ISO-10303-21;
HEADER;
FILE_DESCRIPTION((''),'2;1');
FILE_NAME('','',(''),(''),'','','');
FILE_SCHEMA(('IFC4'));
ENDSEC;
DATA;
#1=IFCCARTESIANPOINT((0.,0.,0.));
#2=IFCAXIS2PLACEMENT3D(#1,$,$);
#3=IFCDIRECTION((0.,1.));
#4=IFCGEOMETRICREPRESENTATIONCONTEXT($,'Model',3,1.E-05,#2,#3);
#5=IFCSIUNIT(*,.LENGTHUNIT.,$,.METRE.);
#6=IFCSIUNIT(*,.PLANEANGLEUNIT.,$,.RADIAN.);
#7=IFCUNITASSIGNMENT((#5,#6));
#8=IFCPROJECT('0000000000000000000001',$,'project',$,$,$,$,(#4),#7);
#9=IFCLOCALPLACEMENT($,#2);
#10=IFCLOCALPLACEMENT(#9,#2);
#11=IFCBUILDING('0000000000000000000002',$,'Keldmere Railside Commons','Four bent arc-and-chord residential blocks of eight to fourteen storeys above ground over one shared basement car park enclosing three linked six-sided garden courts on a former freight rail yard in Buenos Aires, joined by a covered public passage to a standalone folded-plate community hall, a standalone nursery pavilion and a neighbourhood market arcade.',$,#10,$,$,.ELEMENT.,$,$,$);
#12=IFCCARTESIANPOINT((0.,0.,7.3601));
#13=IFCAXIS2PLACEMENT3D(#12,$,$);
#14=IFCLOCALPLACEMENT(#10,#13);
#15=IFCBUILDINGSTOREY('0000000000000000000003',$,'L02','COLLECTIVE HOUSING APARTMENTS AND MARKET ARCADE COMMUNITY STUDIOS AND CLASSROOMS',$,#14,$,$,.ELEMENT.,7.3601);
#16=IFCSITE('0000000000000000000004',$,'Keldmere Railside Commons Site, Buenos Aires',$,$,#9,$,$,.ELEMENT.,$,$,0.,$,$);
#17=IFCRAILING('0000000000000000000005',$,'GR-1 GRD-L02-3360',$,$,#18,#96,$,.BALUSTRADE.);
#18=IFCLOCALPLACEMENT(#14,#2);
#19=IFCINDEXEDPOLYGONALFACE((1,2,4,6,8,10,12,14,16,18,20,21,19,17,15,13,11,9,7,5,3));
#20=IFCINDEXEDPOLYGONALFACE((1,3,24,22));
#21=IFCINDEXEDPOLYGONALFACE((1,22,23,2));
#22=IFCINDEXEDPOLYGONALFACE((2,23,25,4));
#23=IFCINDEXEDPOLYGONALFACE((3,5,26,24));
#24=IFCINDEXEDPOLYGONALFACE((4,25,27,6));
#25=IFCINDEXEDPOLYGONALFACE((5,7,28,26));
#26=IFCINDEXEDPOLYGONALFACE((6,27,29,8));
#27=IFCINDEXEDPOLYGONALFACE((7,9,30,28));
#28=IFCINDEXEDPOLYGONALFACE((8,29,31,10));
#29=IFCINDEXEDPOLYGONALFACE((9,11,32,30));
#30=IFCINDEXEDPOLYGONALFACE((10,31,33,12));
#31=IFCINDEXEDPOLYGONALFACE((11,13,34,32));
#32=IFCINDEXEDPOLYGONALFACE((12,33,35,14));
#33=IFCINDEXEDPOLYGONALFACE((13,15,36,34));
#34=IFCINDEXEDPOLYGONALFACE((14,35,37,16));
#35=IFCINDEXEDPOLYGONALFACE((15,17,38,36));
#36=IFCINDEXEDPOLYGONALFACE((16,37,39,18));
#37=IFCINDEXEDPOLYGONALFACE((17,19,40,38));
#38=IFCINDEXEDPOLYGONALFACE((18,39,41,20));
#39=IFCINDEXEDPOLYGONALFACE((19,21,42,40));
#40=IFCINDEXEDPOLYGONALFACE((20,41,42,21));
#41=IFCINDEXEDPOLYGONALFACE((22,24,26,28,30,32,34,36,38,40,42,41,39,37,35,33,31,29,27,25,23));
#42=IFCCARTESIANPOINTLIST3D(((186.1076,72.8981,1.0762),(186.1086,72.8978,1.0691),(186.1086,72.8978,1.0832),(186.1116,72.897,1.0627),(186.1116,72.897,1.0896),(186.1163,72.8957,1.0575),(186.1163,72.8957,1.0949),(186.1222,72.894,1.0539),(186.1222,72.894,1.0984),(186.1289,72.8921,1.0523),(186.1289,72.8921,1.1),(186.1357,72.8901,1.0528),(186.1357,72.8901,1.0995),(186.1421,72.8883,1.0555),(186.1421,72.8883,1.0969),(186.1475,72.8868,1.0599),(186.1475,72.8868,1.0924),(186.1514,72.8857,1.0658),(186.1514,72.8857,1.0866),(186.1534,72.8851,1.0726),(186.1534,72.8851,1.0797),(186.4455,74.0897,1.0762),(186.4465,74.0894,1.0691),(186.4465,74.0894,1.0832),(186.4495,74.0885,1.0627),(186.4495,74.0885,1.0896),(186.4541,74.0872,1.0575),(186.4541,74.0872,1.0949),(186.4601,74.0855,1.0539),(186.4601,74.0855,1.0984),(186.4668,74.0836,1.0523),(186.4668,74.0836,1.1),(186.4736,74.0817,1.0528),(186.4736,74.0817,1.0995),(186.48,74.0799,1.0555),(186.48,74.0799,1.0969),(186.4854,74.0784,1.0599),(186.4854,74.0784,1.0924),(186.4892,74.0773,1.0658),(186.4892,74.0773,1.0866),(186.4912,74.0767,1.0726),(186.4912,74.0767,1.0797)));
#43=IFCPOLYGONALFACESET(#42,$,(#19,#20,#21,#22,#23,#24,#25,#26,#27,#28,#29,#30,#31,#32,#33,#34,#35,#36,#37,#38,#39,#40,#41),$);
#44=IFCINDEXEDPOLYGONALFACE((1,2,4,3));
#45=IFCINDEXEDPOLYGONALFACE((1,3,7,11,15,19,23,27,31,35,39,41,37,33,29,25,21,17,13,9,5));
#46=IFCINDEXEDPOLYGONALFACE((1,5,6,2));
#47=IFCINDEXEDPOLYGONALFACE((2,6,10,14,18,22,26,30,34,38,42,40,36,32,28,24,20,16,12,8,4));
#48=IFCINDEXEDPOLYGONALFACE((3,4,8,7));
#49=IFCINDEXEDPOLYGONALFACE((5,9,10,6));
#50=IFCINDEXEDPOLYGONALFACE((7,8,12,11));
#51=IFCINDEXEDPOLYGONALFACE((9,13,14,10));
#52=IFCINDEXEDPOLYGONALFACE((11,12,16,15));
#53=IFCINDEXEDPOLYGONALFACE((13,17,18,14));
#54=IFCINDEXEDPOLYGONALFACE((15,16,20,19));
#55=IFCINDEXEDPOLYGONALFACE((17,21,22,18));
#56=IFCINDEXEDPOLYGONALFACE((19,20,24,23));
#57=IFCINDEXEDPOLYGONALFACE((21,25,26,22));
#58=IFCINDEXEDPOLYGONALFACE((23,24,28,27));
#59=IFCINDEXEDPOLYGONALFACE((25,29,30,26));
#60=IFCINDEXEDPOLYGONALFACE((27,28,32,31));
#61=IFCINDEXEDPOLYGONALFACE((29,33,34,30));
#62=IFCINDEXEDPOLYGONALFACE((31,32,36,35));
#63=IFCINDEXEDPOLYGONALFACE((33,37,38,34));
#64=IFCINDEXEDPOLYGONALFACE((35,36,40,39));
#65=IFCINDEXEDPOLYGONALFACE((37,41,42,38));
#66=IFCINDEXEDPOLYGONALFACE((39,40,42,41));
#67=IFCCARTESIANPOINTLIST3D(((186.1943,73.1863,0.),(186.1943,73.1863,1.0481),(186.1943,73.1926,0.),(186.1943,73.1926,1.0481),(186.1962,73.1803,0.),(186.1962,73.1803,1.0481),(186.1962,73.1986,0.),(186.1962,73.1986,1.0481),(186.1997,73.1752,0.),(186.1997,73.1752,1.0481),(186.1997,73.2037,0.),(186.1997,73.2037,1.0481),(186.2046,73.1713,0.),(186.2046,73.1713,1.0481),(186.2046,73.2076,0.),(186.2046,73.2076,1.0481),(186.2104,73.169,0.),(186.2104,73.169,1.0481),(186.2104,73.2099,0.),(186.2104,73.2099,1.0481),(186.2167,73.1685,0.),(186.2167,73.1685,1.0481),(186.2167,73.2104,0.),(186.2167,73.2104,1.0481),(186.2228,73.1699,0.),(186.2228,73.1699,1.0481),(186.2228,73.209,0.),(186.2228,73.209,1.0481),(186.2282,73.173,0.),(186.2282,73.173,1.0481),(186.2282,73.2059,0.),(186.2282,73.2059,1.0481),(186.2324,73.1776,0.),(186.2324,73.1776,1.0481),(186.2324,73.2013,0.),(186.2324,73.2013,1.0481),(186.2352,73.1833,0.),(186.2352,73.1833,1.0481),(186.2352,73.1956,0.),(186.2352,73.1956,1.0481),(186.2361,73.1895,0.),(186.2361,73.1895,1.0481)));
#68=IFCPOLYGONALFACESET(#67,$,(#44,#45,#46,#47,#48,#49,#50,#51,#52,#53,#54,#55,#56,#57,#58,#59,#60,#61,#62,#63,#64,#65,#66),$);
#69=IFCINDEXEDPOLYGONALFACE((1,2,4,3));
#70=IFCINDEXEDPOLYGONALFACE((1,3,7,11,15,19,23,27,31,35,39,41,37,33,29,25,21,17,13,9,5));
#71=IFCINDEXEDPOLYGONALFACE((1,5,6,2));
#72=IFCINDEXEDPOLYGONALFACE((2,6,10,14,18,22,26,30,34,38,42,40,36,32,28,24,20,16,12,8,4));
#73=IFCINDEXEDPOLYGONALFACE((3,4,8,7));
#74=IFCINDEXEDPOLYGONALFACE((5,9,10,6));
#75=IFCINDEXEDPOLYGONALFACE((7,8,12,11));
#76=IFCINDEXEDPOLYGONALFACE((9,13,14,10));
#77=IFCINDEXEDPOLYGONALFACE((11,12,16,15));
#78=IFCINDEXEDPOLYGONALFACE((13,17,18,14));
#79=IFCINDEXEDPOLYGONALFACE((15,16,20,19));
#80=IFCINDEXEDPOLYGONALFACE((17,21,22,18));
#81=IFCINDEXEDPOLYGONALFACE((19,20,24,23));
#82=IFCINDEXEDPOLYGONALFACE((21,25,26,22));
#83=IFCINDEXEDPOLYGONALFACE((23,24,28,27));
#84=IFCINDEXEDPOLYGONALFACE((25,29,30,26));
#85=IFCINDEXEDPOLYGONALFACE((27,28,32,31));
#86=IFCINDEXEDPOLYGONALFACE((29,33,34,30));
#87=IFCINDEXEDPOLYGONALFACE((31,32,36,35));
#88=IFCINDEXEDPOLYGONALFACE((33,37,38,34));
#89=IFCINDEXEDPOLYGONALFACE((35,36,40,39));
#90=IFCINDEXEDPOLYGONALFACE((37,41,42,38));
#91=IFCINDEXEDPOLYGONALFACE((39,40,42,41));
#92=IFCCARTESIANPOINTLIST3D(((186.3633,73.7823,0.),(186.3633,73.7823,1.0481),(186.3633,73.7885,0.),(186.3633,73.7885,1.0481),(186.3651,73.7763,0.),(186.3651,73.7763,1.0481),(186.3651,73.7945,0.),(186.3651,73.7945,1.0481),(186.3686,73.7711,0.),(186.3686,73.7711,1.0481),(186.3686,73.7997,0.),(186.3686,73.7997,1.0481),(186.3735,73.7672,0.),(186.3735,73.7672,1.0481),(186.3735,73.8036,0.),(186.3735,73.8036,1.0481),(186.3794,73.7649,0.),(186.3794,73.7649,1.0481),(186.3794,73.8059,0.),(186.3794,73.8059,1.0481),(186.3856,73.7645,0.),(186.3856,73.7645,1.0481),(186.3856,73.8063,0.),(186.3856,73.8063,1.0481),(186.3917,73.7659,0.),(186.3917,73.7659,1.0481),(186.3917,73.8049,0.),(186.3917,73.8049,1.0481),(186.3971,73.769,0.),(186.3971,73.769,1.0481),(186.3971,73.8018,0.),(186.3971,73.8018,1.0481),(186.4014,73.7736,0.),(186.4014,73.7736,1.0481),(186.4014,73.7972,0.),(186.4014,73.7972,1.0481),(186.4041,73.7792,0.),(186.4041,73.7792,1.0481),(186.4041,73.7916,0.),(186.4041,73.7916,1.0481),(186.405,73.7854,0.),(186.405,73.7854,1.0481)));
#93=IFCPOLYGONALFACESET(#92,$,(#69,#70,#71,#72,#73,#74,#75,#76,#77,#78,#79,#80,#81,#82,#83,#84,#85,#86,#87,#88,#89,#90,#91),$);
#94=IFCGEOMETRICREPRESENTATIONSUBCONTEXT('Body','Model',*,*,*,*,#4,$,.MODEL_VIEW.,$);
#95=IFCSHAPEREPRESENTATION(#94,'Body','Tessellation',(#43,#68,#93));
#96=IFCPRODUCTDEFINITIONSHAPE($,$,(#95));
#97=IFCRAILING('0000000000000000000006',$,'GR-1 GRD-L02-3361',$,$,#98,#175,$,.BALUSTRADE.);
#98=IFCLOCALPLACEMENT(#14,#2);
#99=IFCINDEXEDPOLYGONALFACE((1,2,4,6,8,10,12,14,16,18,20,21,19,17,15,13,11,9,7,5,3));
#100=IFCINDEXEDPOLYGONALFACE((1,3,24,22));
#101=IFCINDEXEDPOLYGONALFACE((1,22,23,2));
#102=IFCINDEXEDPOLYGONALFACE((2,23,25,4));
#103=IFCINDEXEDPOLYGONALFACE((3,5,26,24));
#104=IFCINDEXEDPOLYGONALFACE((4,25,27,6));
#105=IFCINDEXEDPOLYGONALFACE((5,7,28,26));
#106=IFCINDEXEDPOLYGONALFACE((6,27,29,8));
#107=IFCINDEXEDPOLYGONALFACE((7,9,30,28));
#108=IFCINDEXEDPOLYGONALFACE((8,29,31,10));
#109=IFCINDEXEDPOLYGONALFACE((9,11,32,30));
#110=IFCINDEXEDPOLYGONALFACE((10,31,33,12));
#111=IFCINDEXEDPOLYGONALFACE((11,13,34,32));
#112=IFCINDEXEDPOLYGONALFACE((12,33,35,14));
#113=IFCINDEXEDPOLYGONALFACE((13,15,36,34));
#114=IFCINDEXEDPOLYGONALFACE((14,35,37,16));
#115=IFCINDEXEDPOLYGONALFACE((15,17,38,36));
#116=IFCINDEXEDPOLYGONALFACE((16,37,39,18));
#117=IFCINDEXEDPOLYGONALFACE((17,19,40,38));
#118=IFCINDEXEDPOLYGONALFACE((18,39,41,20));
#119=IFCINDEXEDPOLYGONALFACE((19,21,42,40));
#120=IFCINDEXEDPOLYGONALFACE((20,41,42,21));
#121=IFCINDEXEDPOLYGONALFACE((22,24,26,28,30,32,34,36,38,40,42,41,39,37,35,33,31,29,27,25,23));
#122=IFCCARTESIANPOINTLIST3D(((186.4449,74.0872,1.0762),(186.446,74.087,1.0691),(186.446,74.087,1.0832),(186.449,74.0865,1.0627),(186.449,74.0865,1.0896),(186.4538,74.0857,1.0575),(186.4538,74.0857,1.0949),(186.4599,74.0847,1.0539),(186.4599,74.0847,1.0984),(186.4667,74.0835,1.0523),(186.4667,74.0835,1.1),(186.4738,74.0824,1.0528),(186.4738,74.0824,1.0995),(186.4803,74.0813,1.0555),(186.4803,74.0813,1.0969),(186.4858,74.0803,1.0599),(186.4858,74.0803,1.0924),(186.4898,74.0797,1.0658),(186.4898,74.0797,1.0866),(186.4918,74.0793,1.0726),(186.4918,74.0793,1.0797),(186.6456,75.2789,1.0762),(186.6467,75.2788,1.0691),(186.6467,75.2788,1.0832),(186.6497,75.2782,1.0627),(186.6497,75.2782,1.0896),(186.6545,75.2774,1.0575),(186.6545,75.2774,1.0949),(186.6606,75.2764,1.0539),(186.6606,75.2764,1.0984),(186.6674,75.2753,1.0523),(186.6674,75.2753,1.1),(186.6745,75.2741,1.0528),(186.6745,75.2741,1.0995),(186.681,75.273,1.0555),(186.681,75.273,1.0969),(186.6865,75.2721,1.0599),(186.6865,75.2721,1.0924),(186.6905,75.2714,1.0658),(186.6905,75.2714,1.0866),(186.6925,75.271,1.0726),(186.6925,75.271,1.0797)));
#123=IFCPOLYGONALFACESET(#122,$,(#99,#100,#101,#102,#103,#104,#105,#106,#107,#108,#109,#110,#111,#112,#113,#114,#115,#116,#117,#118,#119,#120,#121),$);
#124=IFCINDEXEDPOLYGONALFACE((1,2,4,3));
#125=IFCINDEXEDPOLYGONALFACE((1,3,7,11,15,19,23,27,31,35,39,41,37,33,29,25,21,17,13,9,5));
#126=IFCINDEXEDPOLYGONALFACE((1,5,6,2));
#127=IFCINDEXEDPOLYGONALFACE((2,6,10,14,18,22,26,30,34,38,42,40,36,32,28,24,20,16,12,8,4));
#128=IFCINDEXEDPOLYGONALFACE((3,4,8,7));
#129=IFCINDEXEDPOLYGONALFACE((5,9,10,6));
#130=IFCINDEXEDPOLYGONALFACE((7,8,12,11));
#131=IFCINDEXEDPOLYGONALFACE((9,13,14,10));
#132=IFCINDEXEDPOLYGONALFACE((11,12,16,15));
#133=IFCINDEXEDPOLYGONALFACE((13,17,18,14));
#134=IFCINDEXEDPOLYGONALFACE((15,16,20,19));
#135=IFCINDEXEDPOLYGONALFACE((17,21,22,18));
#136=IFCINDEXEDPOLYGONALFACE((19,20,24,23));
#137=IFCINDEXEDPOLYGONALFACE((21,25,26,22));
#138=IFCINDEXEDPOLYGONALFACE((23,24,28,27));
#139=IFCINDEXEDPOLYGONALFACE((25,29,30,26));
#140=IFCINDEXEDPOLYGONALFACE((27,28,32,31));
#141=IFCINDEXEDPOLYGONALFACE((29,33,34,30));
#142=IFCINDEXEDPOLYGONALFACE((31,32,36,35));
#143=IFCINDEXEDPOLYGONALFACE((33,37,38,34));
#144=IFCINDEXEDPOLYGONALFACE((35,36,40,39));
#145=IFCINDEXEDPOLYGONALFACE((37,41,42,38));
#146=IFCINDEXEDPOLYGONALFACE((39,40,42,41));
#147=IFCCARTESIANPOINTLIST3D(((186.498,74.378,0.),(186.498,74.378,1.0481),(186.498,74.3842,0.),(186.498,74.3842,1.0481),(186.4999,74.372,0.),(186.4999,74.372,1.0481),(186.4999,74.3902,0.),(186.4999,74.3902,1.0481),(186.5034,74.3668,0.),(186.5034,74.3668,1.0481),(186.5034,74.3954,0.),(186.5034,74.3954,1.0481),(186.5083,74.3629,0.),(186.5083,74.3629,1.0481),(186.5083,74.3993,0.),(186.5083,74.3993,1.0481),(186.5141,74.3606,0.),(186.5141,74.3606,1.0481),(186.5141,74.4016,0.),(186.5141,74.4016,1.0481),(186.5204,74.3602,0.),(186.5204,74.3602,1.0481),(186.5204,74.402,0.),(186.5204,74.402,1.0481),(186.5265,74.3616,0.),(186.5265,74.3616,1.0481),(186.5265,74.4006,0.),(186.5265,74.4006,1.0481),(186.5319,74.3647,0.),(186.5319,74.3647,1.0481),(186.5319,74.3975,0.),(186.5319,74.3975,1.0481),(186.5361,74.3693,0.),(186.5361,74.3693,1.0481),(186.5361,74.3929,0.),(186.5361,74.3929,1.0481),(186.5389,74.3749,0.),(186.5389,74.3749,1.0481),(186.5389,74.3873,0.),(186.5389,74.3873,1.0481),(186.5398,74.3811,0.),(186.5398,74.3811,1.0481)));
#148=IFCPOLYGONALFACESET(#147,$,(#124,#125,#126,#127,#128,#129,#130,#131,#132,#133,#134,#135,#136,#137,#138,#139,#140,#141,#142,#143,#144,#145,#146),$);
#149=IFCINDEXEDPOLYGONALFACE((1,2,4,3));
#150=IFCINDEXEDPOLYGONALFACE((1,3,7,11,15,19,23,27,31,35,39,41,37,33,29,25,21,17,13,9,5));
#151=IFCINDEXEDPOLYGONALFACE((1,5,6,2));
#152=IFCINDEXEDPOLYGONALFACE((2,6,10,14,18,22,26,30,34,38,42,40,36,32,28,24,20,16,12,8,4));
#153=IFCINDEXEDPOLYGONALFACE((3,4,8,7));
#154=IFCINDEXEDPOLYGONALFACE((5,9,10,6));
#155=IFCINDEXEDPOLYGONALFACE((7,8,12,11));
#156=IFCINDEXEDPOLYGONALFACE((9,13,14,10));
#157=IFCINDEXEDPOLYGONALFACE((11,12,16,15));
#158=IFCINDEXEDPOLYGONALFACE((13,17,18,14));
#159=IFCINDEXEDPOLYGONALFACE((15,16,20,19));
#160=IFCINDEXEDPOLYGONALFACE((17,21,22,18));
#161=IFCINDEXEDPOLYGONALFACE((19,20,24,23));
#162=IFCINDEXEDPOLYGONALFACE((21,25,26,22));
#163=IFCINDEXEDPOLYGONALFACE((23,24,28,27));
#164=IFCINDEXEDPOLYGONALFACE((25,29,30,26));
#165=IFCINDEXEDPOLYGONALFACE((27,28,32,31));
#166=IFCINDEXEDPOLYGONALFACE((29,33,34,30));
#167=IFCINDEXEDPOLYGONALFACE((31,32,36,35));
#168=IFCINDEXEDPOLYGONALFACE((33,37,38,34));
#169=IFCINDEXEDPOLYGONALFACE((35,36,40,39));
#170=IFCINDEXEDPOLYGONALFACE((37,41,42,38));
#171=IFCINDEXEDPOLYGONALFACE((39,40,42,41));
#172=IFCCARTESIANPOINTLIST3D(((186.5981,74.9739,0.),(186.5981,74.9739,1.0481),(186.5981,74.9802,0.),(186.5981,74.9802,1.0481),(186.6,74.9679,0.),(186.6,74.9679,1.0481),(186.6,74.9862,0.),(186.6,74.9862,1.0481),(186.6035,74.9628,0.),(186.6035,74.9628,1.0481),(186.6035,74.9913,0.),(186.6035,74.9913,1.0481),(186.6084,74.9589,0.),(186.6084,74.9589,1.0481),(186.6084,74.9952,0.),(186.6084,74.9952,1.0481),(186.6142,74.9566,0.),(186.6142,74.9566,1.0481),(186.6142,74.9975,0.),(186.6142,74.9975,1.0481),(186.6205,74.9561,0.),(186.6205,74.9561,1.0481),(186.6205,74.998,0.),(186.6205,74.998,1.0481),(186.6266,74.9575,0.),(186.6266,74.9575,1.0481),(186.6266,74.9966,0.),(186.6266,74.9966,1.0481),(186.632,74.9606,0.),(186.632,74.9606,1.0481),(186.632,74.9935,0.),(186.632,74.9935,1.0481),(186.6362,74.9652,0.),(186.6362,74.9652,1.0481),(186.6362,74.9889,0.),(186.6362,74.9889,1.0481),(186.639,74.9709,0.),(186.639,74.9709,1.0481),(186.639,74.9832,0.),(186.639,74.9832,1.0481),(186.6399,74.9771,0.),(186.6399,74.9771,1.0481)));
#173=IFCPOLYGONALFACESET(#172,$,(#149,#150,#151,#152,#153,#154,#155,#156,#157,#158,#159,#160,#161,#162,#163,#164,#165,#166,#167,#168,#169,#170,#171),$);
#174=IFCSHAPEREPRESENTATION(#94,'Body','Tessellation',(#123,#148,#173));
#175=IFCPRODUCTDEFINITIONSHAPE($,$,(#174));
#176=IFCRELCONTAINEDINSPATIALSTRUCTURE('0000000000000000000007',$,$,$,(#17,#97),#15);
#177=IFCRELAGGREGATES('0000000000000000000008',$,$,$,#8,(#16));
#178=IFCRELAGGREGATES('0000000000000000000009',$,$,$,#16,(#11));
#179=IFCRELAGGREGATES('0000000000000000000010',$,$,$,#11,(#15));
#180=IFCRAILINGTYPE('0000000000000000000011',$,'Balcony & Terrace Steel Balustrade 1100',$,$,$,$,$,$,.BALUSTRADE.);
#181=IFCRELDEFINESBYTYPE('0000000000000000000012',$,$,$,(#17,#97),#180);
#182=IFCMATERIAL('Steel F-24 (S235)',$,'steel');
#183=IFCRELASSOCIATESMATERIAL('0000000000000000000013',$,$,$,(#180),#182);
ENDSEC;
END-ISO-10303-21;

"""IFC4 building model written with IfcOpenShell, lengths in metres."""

from ifc_helpers import new_model, si_unit, direction, frame, origin, origin_2d, place, context, subcontext, project, spatial, circle, extrude, material, type_object, element, save


model = new_model("IFC4")

# Units and contexts
model_context = context("Model", 3, precision=1e-05, world=origin(), true_north=direction((0.0, 1.0)))
body_context = subcontext(model_context, "Body", "Model", "MODEL_VIEW")
ifc_project = project(units=[si_unit("LENGTHUNIT", "METRE"), si_unit("PLANEANGLEUNIT", "RADIAN")], contexts=[model_context])

# Site, building, storey
site_placement = place(None, origin())
site = spatial("IfcSite", under=ifc_project, at=site_placement, Name="Keldmere Railside Commons Site, Buenos Aires", CompositionType="ELEMENT", RefElevation=0.0)
building_placement = place(site_placement, origin())
building = spatial("IfcBuilding", under=site, at=building_placement, Name="Keldmere Railside Commons", Description="Four bent arc-and-chord residential blocks of eight to fourteen storeys above ground over one shared basement car park enclosing three linked six-sided garden courts on a former freight rail yard in Buenos Aires, joined by a covered public passage to a standalone folded-plate community hall, a standalone nursery pavilion and a neighbourhood market arcade.", CompositionType="ELEMENT")
storey_placement = place(building_placement, frame((0.0, 0.0, 7.3601)))
storey = spatial("IfcBuildingStorey", under=building, at=storey_placement, Name="L02", Description="COLLECTIVE HOUSING APARTMENTS AND MARKET ARCADE COMMUNITY STUDIOS AND CLASSROOMS", CompositionType="ELEMENT", Elevation=7.3601)

# Shared definitions
ifc_material_1 = material(Name="Steel F-24 (S235)", Category="steel")

# Railings
railing_type_1 = type_object("IfcRailingType", Name="Balcony & Terrace Steel Balustrade 1100", PredefinedType="BALUSTRADE", material=ifc_material_1)
railing_1_placement = place(storey_placement, frame((186.1306, 72.8916, 0.0)))
element("IfcRailing", 1, at=railing_1_placement, inside=storey, type_object=railing_type_1, Name="GR-1 GRD-L02-3360", PredefinedType="BALUSTRADE", context=body_context, shape_type="SweptSolid", body=[
    extrude(circle(Radius=0.0239, at=origin_2d()), frame((0.0, 0.0, 1.0762), z_axis=(0.272794, 0.962072, 0.0), x_axis=(-0.962072, 0.272794, 0.0)), (0.0, 0.0, 1.0), 1.2385),
    extrude(circle(Radius=0.021, at=origin_2d()), frame((0.0845, 0.2979, 0.0)), (0.0, 0.0, 1.0), 1.0481),
    extrude(circle(Radius=0.021, at=origin_2d()), frame((0.2534, 0.8938, 0.0)), (0.0, 0.0, 1.0), 1.0481),
])
railing_2_placement = place(storey_placement, frame((186.4685, 74.0833, 0.0)))
element("IfcRailing", 2, at=railing_2_placement, inside=storey, type_object=railing_type_1, Name="GR-1 GRD-L02-3361", PredefinedType="BALUSTRADE", context=body_context, shape_type="SweptSolid", body=[
    extrude(circle(Radius=0.0239, at=origin_2d()), frame((0.0, 0.0, 1.0762), z_axis=(0.16607, 0.986114, 0.0), x_axis=(-0.986114, 0.16607, 0.0)), (0.0, 0.0, 1.0), 1.2085),
    extrude(circle(Radius=0.021, at=origin_2d()), frame((0.0503, 0.2979, 0.0)), (0.0, 0.0, 1.0), 1.0481),
    extrude(circle(Radius=0.021, at=origin_2d()), frame((0.1504, 0.8938, 0.0)), (0.0, 0.0, 1.0), 1.0481),
])

save(model, "model.ifc")
